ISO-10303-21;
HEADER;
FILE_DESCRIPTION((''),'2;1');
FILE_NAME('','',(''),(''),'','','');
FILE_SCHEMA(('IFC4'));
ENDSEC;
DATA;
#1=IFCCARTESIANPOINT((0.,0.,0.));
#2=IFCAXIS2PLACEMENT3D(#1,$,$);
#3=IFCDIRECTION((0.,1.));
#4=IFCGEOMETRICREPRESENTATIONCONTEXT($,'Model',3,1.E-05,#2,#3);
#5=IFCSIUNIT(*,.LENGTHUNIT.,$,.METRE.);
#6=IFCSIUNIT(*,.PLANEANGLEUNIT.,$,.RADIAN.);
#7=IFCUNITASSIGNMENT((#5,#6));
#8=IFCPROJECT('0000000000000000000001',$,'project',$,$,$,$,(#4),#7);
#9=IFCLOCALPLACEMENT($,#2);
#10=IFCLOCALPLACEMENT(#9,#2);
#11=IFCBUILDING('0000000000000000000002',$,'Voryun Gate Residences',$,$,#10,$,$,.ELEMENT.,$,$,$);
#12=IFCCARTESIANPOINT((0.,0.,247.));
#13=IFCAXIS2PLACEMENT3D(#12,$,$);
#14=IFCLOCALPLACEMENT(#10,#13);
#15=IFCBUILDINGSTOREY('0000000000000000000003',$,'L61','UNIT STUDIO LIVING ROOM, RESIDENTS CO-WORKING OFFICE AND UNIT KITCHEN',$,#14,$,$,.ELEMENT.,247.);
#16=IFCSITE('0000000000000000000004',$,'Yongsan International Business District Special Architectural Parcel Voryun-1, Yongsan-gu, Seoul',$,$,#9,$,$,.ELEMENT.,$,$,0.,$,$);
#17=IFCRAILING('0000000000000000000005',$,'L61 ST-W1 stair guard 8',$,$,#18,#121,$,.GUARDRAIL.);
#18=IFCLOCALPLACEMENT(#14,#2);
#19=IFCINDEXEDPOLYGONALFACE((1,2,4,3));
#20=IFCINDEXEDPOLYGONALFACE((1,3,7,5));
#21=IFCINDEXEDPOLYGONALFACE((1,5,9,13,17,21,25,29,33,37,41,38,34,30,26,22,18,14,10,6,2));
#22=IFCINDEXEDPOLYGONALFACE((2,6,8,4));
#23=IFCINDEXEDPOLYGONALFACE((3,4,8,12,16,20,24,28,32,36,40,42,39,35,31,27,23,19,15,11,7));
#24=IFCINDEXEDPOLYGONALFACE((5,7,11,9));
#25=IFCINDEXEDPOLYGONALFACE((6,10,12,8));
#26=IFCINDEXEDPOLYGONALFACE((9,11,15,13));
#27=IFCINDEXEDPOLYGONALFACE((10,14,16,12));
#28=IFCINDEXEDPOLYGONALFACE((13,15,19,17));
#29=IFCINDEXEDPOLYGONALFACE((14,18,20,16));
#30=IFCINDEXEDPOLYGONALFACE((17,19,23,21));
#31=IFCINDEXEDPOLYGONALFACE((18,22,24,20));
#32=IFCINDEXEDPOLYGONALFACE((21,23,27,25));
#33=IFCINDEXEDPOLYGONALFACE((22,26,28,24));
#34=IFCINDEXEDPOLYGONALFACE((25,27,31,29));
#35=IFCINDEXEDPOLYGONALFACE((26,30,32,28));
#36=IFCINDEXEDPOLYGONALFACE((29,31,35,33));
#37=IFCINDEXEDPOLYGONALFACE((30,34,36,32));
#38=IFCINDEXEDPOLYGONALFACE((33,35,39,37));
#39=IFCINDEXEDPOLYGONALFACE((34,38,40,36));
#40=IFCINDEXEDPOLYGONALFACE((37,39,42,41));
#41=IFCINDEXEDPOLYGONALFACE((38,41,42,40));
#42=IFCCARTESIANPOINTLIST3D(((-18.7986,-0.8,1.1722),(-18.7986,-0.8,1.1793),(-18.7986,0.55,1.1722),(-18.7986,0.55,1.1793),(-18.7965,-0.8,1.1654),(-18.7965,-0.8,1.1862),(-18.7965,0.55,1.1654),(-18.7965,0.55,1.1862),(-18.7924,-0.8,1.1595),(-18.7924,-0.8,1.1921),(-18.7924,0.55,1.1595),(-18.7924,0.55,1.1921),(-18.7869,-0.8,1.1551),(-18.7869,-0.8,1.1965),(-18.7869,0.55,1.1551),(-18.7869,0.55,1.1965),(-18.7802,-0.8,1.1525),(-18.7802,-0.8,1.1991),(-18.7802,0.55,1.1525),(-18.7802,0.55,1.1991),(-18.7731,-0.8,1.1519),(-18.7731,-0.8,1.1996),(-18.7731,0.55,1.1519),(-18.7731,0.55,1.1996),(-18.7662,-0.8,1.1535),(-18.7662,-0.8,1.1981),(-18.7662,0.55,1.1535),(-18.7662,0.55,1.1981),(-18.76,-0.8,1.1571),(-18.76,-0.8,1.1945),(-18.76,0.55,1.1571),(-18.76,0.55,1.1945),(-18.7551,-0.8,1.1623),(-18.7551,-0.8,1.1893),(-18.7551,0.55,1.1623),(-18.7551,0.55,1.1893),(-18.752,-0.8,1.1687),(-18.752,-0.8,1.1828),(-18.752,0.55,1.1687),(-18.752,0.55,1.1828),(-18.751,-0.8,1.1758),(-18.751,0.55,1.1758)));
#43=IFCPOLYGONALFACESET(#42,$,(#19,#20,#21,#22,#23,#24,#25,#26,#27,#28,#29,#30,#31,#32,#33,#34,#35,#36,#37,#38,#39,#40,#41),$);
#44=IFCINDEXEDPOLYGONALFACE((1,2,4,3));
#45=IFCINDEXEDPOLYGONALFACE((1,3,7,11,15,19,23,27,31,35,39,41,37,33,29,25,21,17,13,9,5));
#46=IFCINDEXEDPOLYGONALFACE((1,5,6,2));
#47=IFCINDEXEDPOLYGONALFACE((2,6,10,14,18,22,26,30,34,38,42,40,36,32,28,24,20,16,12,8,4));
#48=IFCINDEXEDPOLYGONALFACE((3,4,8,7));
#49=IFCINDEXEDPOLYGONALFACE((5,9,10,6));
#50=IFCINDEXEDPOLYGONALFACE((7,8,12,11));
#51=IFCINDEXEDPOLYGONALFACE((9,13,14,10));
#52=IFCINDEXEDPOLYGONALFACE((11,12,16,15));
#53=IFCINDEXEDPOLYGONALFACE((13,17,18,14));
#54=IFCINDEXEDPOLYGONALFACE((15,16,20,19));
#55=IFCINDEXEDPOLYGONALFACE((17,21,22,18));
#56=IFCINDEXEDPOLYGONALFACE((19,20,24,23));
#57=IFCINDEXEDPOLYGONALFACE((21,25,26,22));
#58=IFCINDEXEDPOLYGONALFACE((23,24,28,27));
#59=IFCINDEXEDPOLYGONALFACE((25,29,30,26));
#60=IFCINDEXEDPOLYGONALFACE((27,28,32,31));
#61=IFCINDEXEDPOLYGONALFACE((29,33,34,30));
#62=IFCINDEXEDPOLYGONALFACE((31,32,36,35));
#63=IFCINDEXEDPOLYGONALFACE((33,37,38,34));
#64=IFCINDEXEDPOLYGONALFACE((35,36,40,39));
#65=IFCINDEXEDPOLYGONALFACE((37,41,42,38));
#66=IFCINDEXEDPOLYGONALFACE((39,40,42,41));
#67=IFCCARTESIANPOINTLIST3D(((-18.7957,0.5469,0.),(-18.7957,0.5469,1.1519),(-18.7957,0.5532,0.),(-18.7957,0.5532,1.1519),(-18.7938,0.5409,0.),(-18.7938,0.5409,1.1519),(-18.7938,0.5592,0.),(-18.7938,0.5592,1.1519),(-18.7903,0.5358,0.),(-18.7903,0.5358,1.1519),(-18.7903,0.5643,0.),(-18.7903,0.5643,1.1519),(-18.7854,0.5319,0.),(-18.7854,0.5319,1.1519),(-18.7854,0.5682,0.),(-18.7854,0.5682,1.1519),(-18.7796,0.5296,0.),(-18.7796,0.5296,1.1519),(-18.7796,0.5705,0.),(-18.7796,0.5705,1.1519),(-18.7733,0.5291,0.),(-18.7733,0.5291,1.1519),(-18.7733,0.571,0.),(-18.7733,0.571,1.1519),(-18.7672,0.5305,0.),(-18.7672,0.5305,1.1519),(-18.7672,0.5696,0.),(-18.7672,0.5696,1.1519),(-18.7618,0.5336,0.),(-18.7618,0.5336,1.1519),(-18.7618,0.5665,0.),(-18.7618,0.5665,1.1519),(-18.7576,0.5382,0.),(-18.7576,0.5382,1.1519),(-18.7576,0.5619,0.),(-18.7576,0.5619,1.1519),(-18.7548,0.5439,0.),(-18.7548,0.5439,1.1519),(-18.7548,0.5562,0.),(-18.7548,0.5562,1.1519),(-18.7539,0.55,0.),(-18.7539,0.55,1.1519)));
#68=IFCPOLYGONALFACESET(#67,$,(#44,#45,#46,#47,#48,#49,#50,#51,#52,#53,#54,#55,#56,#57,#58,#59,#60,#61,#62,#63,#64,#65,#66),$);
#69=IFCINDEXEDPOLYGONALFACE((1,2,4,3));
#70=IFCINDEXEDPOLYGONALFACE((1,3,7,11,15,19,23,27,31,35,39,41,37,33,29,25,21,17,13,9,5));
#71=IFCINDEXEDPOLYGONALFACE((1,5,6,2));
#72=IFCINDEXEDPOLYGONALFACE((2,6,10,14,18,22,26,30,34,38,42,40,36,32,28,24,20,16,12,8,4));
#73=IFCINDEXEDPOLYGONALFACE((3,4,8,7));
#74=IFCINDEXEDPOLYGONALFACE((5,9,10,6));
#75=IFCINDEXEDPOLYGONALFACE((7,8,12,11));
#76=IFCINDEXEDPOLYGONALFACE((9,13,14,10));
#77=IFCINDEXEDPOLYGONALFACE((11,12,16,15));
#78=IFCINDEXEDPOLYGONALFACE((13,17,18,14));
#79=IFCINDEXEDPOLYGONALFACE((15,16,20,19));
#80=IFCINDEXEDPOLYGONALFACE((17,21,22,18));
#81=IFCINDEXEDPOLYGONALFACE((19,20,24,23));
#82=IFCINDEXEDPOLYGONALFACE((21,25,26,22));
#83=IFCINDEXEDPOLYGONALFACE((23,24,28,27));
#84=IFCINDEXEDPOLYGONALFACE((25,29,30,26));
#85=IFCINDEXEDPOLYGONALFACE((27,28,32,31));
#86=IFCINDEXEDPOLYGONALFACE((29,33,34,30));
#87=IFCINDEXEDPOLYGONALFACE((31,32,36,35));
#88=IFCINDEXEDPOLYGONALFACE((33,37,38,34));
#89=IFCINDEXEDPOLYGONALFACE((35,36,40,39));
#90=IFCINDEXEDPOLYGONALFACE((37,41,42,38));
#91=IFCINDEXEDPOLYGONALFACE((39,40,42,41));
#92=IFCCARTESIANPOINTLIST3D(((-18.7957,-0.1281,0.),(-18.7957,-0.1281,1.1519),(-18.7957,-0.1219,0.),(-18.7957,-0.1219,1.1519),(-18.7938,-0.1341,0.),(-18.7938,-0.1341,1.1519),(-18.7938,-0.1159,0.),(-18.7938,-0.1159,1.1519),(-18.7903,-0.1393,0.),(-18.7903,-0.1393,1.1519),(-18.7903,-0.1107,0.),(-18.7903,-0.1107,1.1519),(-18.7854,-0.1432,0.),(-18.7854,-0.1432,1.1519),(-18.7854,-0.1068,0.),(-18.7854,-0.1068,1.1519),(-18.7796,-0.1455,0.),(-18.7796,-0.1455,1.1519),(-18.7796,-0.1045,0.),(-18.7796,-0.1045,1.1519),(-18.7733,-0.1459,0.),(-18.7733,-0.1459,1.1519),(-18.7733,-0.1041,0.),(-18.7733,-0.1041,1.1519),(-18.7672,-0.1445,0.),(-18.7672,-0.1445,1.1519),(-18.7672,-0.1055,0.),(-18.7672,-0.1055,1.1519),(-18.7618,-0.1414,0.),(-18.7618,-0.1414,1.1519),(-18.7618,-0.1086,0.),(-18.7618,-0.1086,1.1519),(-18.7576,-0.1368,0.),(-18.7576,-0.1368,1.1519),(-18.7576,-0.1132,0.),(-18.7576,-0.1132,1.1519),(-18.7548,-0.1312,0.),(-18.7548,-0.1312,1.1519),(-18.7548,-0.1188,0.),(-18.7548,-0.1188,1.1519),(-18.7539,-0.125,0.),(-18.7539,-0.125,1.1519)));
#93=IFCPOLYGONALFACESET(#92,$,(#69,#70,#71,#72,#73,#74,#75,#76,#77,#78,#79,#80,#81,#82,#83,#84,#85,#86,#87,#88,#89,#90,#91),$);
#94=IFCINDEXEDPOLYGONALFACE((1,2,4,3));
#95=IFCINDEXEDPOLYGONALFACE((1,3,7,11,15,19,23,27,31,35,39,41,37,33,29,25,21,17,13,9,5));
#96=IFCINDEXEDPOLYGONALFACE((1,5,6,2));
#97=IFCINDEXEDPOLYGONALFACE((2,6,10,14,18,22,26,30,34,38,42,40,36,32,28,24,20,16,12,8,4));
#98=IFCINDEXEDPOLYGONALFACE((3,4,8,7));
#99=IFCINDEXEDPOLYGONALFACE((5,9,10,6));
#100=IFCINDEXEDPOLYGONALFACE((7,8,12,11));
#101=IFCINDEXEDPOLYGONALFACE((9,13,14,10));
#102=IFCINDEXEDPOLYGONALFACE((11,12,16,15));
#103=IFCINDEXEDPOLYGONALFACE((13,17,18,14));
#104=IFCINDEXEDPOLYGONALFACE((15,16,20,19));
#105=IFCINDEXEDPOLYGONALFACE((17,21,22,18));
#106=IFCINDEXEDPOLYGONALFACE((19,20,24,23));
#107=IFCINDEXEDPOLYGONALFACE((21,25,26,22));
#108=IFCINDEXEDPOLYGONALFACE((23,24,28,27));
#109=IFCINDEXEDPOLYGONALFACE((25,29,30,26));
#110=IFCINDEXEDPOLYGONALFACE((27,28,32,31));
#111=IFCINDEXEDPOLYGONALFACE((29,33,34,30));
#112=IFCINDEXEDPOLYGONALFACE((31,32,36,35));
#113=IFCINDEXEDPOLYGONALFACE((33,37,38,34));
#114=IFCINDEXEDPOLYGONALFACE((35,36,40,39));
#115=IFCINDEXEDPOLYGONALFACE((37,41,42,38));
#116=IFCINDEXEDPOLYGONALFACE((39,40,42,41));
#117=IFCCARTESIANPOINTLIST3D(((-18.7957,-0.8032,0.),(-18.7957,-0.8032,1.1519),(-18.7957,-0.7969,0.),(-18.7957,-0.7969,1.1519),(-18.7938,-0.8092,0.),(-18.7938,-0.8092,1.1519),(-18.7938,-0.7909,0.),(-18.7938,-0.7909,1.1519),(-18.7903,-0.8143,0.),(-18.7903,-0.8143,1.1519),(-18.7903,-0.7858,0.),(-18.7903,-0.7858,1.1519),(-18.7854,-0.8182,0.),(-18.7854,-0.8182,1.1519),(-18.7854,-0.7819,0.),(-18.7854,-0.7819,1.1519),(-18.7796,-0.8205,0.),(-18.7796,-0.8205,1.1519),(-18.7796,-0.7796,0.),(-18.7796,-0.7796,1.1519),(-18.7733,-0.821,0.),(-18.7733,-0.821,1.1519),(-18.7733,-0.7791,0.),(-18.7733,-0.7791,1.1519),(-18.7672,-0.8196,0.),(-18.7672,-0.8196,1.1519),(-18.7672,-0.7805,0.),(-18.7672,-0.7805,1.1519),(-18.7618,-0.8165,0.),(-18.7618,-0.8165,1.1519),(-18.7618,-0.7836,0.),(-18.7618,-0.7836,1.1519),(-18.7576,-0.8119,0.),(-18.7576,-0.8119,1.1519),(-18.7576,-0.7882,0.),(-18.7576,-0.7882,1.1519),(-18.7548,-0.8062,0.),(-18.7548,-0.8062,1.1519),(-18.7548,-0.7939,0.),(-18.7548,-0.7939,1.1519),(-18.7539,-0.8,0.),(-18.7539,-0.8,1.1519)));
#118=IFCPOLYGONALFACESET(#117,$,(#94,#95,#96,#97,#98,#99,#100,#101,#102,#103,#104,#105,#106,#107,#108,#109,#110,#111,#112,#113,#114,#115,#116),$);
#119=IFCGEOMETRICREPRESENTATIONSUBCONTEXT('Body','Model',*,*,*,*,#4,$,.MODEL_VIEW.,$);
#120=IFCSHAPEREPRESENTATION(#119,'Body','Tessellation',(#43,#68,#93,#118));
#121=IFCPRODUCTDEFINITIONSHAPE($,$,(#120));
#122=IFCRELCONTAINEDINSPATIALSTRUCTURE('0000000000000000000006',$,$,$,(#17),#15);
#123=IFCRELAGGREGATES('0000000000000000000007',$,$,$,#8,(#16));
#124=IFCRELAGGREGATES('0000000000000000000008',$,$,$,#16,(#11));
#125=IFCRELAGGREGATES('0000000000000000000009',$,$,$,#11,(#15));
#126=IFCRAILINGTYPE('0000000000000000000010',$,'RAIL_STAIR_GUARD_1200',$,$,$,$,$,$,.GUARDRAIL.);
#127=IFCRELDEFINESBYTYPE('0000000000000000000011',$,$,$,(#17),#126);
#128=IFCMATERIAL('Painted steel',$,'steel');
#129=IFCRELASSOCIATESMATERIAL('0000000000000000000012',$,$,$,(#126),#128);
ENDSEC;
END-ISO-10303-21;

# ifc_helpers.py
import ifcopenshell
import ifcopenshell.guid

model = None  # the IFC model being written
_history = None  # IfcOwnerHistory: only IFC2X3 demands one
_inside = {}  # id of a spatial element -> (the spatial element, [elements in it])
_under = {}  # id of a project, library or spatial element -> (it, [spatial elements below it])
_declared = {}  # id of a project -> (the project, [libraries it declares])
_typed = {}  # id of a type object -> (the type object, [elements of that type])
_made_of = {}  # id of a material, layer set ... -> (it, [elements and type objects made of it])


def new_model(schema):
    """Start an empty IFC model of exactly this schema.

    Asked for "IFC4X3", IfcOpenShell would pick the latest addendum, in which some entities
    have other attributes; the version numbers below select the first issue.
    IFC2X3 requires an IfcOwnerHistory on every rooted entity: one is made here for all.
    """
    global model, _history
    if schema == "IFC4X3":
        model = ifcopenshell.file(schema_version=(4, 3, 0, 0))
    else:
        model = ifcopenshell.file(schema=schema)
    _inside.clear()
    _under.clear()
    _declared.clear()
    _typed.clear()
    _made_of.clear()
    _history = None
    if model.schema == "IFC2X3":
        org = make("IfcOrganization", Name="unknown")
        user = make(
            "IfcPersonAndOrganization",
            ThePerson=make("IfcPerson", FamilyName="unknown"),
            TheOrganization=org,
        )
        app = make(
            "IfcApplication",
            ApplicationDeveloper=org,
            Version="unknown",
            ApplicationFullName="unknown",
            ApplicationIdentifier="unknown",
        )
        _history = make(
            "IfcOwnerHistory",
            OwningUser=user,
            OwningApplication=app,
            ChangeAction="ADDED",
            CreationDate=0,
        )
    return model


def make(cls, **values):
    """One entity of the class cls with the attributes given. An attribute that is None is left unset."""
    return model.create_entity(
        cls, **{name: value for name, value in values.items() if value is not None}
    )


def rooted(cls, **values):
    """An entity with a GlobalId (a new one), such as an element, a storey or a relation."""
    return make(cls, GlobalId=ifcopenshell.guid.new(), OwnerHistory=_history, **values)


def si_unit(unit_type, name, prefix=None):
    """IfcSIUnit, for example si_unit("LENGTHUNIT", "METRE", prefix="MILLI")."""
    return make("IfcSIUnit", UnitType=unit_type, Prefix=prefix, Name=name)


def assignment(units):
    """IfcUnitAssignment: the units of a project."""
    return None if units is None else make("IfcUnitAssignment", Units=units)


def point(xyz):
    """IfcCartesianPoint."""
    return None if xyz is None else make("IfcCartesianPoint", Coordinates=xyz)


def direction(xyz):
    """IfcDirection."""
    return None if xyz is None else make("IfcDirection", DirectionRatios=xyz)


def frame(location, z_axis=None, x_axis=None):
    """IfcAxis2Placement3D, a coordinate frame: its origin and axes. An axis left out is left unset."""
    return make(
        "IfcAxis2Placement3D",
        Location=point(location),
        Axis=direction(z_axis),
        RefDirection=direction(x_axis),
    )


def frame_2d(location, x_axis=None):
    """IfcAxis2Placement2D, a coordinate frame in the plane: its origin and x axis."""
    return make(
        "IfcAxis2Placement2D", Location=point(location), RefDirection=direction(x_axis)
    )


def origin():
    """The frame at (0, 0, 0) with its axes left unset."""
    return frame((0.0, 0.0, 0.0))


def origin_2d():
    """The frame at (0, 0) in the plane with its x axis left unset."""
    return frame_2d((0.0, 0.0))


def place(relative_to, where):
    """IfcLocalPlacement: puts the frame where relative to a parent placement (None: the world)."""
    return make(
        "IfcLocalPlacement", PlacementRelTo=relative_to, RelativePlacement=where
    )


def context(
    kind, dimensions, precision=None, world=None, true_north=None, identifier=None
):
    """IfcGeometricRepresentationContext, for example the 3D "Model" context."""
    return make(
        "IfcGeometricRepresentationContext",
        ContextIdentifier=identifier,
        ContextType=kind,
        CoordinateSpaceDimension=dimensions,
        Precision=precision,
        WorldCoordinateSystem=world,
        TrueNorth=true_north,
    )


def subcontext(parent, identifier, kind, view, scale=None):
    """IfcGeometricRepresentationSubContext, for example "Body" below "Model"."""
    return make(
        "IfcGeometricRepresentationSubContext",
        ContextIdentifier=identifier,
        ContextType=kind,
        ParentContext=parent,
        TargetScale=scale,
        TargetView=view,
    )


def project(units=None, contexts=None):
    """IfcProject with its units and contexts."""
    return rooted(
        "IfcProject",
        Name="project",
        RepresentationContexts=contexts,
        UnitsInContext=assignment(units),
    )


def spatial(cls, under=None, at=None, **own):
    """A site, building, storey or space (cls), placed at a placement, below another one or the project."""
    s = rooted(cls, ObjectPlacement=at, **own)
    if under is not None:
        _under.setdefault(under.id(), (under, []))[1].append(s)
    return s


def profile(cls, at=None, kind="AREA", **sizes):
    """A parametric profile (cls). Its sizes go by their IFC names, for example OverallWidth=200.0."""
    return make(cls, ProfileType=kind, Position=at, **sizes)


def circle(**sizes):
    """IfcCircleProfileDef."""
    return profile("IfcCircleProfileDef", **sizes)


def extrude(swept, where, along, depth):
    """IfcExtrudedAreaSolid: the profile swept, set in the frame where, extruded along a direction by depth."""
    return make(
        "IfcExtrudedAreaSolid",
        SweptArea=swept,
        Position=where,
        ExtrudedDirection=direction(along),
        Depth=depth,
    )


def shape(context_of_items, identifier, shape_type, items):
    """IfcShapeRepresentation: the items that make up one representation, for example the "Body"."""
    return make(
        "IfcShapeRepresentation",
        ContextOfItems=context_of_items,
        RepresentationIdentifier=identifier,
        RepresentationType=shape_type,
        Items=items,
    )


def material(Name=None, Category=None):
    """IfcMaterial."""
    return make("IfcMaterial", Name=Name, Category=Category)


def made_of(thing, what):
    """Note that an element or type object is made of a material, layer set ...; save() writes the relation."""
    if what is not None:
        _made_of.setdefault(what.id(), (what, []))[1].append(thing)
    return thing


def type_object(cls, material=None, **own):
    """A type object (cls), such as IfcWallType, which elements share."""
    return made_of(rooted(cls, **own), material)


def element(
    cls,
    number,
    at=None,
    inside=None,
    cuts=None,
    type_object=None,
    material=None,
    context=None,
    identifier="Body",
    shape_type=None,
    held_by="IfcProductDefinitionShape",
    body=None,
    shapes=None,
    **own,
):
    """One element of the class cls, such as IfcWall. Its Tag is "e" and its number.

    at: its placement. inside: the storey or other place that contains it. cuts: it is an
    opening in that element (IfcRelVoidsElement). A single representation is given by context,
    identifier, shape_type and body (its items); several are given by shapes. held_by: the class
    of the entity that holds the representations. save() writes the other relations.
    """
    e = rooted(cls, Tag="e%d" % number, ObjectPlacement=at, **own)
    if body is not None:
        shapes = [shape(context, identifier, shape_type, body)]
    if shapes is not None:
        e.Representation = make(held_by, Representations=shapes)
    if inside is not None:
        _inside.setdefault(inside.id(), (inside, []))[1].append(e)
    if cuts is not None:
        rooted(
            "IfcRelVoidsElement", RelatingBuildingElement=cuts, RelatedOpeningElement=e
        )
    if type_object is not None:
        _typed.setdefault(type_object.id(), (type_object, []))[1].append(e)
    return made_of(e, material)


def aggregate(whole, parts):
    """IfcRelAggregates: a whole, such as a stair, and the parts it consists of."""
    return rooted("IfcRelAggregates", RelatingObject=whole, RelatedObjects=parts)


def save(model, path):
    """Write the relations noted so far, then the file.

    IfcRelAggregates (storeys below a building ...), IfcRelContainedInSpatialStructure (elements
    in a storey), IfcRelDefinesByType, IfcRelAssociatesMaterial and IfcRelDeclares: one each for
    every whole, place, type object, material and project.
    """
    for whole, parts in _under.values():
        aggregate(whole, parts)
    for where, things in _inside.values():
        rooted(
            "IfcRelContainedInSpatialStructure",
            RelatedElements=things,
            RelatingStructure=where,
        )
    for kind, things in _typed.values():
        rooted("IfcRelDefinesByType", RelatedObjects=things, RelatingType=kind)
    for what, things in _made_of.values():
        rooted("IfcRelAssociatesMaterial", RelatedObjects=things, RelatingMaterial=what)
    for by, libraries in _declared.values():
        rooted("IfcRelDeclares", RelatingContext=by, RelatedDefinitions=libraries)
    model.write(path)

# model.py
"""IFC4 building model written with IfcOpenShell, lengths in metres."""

from ifc_helpers import new_model, si_unit, direction, frame, origin, origin_2d, place, context, subcontext, project, spatial, circle, extrude, material, type_object, element, save


model = new_model("IFC4")

# Units and contexts
model_context = context("Model", 3, precision=1e-05, world=origin(), true_north=direction((0.0, 1.0)))
body_context = subcontext(model_context, "Body", "Model", "MODEL_VIEW")
ifc_project = project(units=[si_unit("LENGTHUNIT", "METRE"), si_unit("PLANEANGLEUNIT", "RADIAN")], contexts=[model_context])

# Site, building, storey
site_placement = place(None, origin())
site = spatial("IfcSite", under=ifc_project, at=site_placement, Name="Yongsan International Business District Special Architectural Parcel Voryun-1, Yongsan-gu, Seoul", CompositionType="ELEMENT", RefElevation=0.0)
building_placement = place(site_placement, origin())
building = spatial("IfcBuilding", under=site, at=building_placement, Name="Voryun Gate Residences", CompositionType="ELEMENT")
storey_placement = place(building_placement, frame((0.0, 0.0, 247.0)))
storey = spatial("IfcBuildingStorey", under=building, at=storey_placement, Name="L61", Description="UNIT STUDIO LIVING ROOM, RESIDENTS CO-WORKING OFFICE AND UNIT KITCHEN", CompositionType="ELEMENT", Elevation=247.0)

# Railing
ifc_material_1 = material(Name="Painted steel", Category="steel")
railing_type = type_object("IfcRailingType", Name="RAIL_STAIR_GUARD_1200", PredefinedType="GUARDRAIL", material=ifc_material_1)
railing_placement = place(storey_placement, frame((-18.7749, 0.55, 0.0)))
element("IfcRailing", 1, at=railing_placement, inside=storey, type_object=railing_type, Name="L61 ST-W1 stair guard 8", PredefinedType="GUARDRAIL", context=body_context, shape_type="SweptSolid", body=[
    extrude(circle(Radius=0.0239, at=origin_2d()), frame((0.0, 0.0, 1.1758), z_axis=(0.0, -1.0, 0.0), x_axis=(1.0, 0.0, 0.0)), (0.0, 0.0, 1.0), 1.3501),
    extrude(circle(Radius=0.021, at=origin_2d()), origin(), (0.0, 0.0, 1.0), 1.1519),
    extrude(circle(Radius=0.021, at=origin_2d()), frame((0.0, -0.675, 0.0)), (0.0, 0.0, 1.0), 1.1519),
    extrude(circle(Radius=0.021, at=origin_2d()), frame((0.0, -1.3501, 0.0)), (0.0, 0.0, 1.0), 1.1519),
])

save(model, "model.ifc")
